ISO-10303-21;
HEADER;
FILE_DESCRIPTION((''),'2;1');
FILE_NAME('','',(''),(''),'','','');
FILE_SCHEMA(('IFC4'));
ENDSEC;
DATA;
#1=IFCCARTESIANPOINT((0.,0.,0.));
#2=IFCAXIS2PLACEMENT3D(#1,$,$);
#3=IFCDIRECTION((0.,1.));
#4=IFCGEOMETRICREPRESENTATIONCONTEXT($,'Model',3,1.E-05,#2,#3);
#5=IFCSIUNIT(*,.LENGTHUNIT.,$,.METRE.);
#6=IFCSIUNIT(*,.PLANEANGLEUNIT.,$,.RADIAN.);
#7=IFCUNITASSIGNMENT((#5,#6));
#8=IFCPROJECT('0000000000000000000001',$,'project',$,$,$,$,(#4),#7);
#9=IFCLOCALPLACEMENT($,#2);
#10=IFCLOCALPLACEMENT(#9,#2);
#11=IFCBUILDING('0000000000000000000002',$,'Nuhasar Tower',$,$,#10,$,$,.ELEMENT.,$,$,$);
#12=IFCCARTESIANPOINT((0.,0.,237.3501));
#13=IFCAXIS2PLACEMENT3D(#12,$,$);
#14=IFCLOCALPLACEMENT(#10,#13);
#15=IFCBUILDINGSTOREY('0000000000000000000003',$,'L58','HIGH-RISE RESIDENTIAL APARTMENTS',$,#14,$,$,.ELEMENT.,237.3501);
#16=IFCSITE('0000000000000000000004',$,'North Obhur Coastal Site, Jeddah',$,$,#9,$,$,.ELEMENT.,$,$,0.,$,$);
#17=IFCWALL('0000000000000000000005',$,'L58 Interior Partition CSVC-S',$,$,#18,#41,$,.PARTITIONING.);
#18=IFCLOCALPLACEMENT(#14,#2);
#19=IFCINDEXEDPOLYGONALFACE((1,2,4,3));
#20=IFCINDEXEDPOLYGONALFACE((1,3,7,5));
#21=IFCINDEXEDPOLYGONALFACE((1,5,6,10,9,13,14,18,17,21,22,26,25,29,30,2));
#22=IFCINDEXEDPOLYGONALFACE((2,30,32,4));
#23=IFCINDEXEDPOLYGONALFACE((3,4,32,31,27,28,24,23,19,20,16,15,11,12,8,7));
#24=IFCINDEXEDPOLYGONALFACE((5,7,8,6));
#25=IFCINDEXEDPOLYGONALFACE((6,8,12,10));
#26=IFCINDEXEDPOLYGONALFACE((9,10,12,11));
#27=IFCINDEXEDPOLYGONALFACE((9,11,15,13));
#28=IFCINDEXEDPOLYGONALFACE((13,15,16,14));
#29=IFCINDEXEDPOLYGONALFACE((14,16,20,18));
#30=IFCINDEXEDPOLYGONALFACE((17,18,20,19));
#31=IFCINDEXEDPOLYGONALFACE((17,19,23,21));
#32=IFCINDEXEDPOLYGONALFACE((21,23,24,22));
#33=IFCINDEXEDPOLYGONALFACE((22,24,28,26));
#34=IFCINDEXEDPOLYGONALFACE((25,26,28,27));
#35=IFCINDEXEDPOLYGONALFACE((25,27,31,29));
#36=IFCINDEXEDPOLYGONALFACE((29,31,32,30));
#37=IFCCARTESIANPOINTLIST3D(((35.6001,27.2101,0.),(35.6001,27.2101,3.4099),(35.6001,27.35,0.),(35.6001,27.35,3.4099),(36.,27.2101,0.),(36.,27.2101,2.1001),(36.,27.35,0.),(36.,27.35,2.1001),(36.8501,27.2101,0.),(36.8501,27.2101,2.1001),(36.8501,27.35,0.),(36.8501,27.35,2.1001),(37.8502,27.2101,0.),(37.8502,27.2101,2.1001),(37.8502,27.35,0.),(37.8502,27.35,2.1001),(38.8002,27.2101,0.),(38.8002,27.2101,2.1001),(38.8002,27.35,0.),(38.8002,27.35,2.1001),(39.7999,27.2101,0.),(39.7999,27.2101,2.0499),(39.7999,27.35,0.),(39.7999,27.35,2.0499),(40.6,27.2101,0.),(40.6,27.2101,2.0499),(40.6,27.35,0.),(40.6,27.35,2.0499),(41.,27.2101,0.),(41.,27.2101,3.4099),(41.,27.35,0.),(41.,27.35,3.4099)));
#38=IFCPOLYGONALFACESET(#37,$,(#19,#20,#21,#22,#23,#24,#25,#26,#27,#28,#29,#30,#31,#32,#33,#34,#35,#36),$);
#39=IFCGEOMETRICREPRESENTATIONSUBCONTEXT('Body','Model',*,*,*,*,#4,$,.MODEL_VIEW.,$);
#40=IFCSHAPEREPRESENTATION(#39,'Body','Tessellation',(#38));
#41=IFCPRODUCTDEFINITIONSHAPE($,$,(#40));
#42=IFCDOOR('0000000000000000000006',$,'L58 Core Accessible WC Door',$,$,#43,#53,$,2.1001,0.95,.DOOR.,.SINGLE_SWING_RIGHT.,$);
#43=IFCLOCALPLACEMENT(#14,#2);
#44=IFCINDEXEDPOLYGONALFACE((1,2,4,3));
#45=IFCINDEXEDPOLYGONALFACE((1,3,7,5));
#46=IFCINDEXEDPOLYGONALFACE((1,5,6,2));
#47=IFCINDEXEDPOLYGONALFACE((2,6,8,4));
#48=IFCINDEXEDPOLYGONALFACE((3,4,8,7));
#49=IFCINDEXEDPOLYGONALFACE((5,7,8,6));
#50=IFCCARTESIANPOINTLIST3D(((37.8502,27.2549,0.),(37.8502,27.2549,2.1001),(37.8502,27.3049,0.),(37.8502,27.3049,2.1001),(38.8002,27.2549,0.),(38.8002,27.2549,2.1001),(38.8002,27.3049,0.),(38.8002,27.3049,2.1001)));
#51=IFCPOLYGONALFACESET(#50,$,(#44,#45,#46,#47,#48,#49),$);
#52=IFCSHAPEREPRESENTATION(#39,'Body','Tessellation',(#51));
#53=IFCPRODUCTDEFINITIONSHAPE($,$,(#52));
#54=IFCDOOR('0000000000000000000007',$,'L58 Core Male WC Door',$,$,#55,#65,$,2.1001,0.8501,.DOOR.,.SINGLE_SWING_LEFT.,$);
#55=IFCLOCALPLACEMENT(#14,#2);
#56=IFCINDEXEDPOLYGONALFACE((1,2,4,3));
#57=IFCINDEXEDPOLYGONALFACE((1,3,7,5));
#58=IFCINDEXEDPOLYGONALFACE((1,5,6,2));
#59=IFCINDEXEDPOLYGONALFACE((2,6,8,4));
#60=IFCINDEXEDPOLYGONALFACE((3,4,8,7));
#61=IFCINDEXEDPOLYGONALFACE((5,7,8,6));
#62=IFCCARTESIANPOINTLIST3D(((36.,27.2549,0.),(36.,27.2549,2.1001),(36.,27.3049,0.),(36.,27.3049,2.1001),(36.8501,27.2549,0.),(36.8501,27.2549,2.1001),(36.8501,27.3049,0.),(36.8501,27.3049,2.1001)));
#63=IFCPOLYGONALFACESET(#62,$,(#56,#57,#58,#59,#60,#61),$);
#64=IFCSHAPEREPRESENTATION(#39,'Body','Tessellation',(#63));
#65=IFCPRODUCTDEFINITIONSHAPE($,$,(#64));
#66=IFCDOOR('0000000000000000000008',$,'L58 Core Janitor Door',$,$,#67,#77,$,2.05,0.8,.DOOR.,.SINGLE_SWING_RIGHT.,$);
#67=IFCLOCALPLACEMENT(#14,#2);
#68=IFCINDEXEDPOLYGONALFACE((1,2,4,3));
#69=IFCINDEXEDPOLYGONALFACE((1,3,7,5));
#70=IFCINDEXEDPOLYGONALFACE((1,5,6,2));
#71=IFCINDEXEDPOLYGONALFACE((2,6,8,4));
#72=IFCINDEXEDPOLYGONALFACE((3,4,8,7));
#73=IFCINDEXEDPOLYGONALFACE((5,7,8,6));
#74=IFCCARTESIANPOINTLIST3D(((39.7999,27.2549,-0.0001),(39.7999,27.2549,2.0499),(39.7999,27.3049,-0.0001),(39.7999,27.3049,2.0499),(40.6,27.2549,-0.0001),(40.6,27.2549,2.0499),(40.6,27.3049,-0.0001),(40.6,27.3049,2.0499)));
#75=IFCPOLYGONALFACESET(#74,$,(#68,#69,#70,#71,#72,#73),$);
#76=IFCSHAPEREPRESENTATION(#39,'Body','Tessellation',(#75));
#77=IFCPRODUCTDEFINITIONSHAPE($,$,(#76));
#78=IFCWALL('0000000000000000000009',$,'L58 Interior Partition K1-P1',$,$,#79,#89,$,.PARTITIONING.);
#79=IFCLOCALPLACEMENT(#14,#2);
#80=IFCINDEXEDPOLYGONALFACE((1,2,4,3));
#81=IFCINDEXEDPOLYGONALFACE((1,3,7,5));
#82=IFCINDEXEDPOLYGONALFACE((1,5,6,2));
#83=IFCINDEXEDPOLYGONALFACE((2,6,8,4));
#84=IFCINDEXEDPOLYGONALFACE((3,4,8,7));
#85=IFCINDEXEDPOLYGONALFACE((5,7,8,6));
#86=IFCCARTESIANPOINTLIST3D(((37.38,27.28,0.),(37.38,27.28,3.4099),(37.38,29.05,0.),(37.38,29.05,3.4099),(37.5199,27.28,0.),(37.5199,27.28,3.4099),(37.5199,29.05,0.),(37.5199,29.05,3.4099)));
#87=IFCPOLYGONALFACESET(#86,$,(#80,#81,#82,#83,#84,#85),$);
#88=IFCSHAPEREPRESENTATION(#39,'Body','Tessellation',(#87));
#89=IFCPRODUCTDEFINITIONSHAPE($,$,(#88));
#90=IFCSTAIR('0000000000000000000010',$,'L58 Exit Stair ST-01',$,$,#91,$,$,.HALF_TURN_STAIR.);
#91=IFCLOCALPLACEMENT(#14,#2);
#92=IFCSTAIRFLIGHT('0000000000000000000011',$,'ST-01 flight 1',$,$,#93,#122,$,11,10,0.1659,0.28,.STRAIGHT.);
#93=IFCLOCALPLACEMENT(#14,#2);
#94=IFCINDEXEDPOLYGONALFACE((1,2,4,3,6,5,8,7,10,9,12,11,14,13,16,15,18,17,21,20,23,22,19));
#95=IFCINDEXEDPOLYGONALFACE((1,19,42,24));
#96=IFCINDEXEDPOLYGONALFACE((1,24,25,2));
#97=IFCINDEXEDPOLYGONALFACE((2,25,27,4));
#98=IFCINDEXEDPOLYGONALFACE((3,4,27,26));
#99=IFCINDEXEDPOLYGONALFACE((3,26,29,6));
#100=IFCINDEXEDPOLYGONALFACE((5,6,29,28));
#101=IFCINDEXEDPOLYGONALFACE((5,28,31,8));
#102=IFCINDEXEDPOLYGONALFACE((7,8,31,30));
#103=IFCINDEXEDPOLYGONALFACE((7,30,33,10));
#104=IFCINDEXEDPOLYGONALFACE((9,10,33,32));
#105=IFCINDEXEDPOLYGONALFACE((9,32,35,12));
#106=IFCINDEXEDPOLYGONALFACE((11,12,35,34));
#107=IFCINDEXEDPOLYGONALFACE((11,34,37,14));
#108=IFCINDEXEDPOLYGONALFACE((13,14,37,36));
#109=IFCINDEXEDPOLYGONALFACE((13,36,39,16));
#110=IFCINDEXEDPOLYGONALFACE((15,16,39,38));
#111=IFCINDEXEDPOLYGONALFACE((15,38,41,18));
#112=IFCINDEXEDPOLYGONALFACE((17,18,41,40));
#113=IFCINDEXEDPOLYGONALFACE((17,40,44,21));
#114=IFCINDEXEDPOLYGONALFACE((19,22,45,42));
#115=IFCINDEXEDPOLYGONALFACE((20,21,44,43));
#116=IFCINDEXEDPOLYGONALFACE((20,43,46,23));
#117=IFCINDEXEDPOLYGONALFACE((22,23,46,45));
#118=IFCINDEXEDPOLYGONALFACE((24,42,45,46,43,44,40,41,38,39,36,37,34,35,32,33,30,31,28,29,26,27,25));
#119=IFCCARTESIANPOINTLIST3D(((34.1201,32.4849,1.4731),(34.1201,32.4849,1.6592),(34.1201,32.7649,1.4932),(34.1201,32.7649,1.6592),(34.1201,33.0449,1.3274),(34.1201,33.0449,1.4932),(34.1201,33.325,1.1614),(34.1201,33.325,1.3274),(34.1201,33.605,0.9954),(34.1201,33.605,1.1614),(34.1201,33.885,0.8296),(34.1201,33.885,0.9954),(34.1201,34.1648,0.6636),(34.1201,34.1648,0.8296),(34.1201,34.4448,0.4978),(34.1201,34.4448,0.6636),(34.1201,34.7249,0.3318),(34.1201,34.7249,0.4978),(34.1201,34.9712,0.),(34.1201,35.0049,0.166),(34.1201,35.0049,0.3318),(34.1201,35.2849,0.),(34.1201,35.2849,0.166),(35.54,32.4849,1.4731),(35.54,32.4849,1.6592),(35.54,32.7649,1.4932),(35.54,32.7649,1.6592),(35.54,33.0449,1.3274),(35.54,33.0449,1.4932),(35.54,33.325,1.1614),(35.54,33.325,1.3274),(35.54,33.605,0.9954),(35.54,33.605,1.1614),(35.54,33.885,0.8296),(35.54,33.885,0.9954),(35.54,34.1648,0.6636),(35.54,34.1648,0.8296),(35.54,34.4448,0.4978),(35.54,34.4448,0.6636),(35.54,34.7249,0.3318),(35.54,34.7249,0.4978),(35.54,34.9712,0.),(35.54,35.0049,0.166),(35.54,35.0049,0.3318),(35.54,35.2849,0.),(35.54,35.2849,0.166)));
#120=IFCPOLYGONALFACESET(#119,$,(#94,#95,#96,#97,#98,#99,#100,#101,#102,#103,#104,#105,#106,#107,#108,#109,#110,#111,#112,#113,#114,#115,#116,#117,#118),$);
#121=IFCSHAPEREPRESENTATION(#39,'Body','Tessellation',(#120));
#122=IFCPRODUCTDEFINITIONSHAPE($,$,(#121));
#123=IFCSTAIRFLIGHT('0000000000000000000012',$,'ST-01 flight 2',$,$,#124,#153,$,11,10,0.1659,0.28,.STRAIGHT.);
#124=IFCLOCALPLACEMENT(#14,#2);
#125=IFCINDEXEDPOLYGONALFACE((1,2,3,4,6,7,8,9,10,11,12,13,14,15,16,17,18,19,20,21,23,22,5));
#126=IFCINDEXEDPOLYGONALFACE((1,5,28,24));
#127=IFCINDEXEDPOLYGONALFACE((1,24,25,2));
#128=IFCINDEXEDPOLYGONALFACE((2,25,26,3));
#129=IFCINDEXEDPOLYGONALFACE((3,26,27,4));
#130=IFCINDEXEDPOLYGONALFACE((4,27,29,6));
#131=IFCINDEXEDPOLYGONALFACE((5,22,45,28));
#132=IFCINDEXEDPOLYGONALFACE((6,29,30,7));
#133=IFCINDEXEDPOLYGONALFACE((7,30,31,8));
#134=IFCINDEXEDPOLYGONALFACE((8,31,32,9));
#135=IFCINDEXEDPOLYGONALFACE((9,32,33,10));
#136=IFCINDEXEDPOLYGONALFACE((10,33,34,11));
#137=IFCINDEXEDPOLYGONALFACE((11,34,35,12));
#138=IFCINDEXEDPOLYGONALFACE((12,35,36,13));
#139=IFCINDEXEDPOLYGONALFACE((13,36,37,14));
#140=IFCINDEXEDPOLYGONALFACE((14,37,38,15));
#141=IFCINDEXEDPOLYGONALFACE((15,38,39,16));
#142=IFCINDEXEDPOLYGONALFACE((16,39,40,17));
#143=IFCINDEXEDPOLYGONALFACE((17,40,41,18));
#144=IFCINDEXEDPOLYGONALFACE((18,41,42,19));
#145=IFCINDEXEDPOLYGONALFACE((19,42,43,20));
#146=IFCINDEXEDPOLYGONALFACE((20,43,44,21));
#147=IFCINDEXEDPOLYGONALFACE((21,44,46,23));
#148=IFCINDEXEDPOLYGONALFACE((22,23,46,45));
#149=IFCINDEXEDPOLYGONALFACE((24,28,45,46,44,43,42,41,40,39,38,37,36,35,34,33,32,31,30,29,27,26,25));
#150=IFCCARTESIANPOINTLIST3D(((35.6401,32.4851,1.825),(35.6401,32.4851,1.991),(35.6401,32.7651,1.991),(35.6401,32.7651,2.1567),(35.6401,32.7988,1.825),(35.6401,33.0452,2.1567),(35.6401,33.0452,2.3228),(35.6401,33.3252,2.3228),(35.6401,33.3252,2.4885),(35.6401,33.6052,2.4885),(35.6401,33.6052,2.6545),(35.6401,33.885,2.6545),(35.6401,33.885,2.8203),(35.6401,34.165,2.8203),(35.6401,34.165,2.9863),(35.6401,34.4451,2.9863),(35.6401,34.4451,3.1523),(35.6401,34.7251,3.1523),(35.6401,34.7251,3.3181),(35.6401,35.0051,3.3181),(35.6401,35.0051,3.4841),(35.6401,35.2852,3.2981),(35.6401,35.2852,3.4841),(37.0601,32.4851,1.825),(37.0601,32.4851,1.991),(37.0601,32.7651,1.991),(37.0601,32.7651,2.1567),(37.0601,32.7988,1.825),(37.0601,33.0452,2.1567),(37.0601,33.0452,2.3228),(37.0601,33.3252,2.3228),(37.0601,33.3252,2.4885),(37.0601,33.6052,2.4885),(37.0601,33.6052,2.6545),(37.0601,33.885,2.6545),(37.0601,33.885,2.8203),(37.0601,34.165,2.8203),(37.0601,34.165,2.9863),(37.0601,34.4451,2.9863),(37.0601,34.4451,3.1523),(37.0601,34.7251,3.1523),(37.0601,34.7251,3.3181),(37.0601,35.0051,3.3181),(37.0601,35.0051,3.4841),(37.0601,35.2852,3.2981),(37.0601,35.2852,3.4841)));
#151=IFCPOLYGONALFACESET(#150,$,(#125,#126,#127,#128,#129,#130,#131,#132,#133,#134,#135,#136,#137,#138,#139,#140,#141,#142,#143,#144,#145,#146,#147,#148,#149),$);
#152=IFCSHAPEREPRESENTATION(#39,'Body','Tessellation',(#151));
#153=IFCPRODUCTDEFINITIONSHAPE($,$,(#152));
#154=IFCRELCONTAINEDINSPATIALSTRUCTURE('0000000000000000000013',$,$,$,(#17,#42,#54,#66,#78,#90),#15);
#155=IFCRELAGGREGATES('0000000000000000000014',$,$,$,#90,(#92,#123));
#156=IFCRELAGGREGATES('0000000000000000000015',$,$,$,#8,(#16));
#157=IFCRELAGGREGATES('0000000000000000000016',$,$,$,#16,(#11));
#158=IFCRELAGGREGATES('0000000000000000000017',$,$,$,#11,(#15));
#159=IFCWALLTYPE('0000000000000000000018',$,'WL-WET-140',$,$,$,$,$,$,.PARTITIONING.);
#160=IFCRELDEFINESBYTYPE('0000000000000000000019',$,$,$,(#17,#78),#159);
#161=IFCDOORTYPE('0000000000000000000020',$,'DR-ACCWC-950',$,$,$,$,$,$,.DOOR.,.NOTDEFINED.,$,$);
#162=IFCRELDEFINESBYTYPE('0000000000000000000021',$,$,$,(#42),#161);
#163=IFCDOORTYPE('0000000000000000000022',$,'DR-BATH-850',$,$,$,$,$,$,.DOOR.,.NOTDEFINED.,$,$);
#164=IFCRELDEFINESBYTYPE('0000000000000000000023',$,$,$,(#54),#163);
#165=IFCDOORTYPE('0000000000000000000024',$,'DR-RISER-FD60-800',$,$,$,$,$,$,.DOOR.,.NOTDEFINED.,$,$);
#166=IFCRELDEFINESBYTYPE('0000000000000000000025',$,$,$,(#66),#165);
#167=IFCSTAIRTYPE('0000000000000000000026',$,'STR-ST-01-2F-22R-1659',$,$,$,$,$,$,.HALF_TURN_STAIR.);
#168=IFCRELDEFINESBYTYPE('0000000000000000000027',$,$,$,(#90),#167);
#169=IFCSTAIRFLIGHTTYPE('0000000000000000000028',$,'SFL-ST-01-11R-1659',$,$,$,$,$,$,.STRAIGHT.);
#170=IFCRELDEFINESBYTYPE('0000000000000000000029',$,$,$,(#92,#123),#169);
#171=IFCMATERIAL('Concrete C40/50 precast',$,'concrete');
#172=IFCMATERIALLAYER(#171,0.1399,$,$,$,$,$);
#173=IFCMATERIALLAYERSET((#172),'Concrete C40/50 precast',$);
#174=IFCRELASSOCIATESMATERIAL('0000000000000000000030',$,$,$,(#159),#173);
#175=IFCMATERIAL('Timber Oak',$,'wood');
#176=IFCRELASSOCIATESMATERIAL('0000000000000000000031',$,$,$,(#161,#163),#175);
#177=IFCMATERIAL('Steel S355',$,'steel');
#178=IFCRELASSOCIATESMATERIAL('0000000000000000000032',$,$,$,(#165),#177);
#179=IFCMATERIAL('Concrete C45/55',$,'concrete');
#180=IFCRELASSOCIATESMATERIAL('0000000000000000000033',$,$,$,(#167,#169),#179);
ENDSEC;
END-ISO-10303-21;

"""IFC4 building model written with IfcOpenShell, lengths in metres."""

from ifc_helpers import new_model, si_unit, direction, frame, frame_2d, origin, place, context, subcontext, project, spatial, polyline, rectangle, outline, extrude, material, layer, layer_set, type_object, element, fill, aggregate, save


model = new_model("IFC4")

# Units and contexts
model_context = context("Model", 3, precision=1e-05, world=origin(), true_north=direction((0.0, 1.0)))
body_context = subcontext(model_context, "Body", "Model", "MODEL_VIEW")
ifc_project = project(units=[si_unit("LENGTHUNIT", "METRE"), si_unit("PLANEANGLEUNIT", "RADIAN")], contexts=[model_context])

# Site, building, storey
site_placement = place(None, origin())
site = spatial("IfcSite", under=ifc_project, at=site_placement, Name="North Obhur Coastal Site, Jeddah", CompositionType="ELEMENT", RefElevation=0.0)
building_placement = place(site_placement, origin())
building = spatial("IfcBuilding", under=site, at=building_placement, Name="Nuhasar Tower", CompositionType="ELEMENT")
storey_placement = place(building_placement, frame((0.0, 0.0, 237.3501)))
storey = spatial("IfcBuildingStorey", under=building, at=storey_placement, Name="L58", Description="HIGH-RISE RESIDENTIAL APARTMENTS", CompositionType="ELEMENT", Elevation=237.3501)

# Shared definitions
ifc_material_1 = material(Name="Steel S355", Category="steel")

# Shared definitions
ifc_material_2 = material(Name="Concrete C40/50 precast", Category="concrete")
ifc_layer_1 = layer(ifc_material_2, 0.1399)
ifc_layer_set_1 = layer_set([ifc_layer_1], Name="Concrete C40/50 precast")
wall_type_1 = type_object("IfcWallType", Name="WL-WET-140", PredefinedType="PARTITIONING", material=ifc_layer_set_1)

# Wall, openings, doors
wall_1_placement = place(storey_placement, frame((35.6001, 27.28, 0.0), z_axis=(0.0, 0.0, 1.0), x_axis=(1.0, 0.0, 0.0)))
wall_1 = element("IfcWall", 1, at=wall_1_placement, inside=storey, type_object=wall_type_1, Name="L58 Interior Partition CSVC-S", PredefinedType="PARTITIONING", context=body_context, shape_type="SweptSolid", body=[
    extrude(rectangle(XDim=5.3999, YDim=0.1399, at=frame_2d((2.7, 0.0))), origin(), (0.0, 0.0, 1.0), 3.4099),
])
opening_1_placement = place(wall_1_placement, frame((0.3999, 0.0, 0.0)))
opening_1 = element("IfcOpeningElement", 2, at=opening_1_placement, cuts=wall_1, PredefinedType="OPENING", context=body_context, shape_type="SweptSolid", body=[
    extrude(rectangle(XDim=0.8501, YDim=2.1001, at=frame_2d((0.425, 1.05))), frame((0.0, 0.0801, 0.0), z_axis=(0.0, -1.0, 0.0), x_axis=(1.0, 0.0, 0.0)), (0.0, 0.0, 1.0), 0.1599),
])
opening_2_placement = place(wall_1_placement, frame((2.25, 0.0, 0.0)))
opening_2 = element("IfcOpeningElement", 3, at=opening_2_placement, cuts=wall_1, PredefinedType="OPENING", context=body_context, shape_type="SweptSolid", body=[
    extrude(rectangle(XDim=0.95, YDim=2.1001, at=frame_2d((0.4751, 1.05))), frame((0.0, 0.0801, 0.0), z_axis=(0.0, -1.0, 0.0), x_axis=(1.0, 0.0, 0.0)), (0.0, 0.0, 1.0), 0.1599),
])
opening_3_placement = place(wall_1_placement, frame((4.2, 0.0, 0.0)))
opening_3 = element("IfcOpeningElement", 4, at=opening_3_placement, cuts=wall_1, PredefinedType="OPENING", context=body_context, shape_type="SweptSolid", body=[
    extrude(rectangle(XDim=0.8, YDim=2.05, at=frame_2d((0.3999, 1.0249))), frame((0.0, 0.0801, 0.0), z_axis=(0.0, -1.0, 0.0), x_axis=(1.0, 0.0, 0.0)), (0.0, 0.0, 1.0), 0.1599),
])
ifc_material_3 = material(Name="Timber Oak", Category="wood")
door_type_1 = type_object("IfcDoorType", Name="DR-ACCWC-950", OperationType="NOTDEFINED", PredefinedType="DOOR", material=ifc_material_3)
door_1_placement = place(opening_2_placement, origin())
door_1 = element("IfcDoor", 5, at=door_1_placement, inside=storey, type_object=door_type_1, Name="L58 Core Accessible WC Door", OperationType="SINGLE_SWING_RIGHT", OverallHeight=2.1001, OverallWidth=0.95, PredefinedType="DOOR", context=body_context, shape_type="SweptSolid", body=[
    extrude(rectangle(XDim=0.95, YDim=2.1001, at=frame_2d((0.4751, 1.05))), frame((0.0, 0.0249, 0.0), z_axis=(0.0, -1.0, 0.0), x_axis=(1.0, 0.0, 0.0)), (0.0, 0.0, 1.0), 0.05),
])
fill(opening_2, door_1)
door_type_2 = type_object("IfcDoorType", Name="DR-BATH-850", OperationType="NOTDEFINED", PredefinedType="DOOR", material=ifc_material_3)
door_2_placement = place(opening_1_placement, origin())
door_2 = element("IfcDoor", 6, at=door_2_placement, inside=storey, type_object=door_type_2, Name="L58 Core Male WC Door", OperationType="SINGLE_SWING_LEFT", OverallHeight=2.1001, OverallWidth=0.8501, PredefinedType="DOOR", context=body_context, shape_type="SweptSolid", body=[
    extrude(rectangle(XDim=0.8501, YDim=2.1001, at=frame_2d((0.425, 1.05))), frame((0.0, 0.0249, 0.0), z_axis=(0.0, -1.0, 0.0), x_axis=(1.0, 0.0, 0.0)), (0.0, 0.0, 1.0), 0.05),
])
fill(opening_1, door_2)
door_type_3 = type_object("IfcDoorType", Name="DR-RISER-FD60-800", OperationType="NOTDEFINED", PredefinedType="DOOR", material=ifc_material_1)
door_3_placement = place(opening_3_placement, origin())
door_3 = element("IfcDoor", 7, at=door_3_placement, inside=storey, type_object=door_type_3, Name="L58 Core Janitor Door", OperationType="SINGLE_SWING_RIGHT", OverallHeight=2.05, OverallWidth=0.8, PredefinedType="DOOR", context=body_context, shape_type="SweptSolid", body=[
    extrude(rectangle(XDim=0.8, YDim=2.05, at=frame_2d((0.3999, 1.0249))), frame((0.0, 0.0249, 0.0), z_axis=(0.0, -1.0, 0.0), x_axis=(1.0, 0.0, 0.0)), (0.0, 0.0, 1.0), 0.05),
])
fill(opening_3, door_3)

# Wall
wall_2_placement = place(storey_placement, frame((37.45, 27.28, 0.0), z_axis=(0.0, 0.0, 1.0), x_axis=(0.0, 1.0, 0.0)))
element("IfcWall", 8, at=wall_2_placement, inside=storey, type_object=wall_type_1, Name="L58 Interior Partition K1-P1", PredefinedType="PARTITIONING", context=body_context, shape_type="SweptSolid", body=[
    extrude(rectangle(XDim=1.77, YDim=0.1399, at=frame_2d((0.885, 0.0))), origin(), (0.0, 0.0, 1.0), 3.4099),
])

# Stair, stair flights
ifc_material_4 = material(Name="Concrete C45/55", Category="concrete")
stair_type_1 = type_object("IfcStairType", Name="STR-ST-01-2F-22R-1659", PredefinedType="HALF_TURN_STAIR", material=ifc_material_4)
stair_1_placement = place(storey_placement, origin())
stair_1 = element("IfcStair", 9, at=stair_1_placement, inside=storey, type_object=stair_type_1, Name="L58 Exit Stair ST-01", PredefinedType="HALF_TURN_STAIR")
stair_flight_type_1 = type_object("IfcStairFlightType", Name="SFL-ST-01-11R-1659", PredefinedType="STRAIGHT", material=ifc_material_4)
stair_flight_1_placement = place(storey_placement, frame((34.8301, 35.2849, 0.0), z_axis=(0.0, 0.0, 1.0), x_axis=(0.0, -1.0, 0.0)))
stair_flight_1 = element("IfcStairFlight", 10, at=stair_flight_1_placement, type_object=stair_flight_type_1, Name="ST-01 flight 1", NumberOfRisers=11, NumberOfTreads=10, PredefinedType="STRAIGHT", RiserHeight=0.1659, TreadLength=0.28, context=body_context, shape_type="SweptSolid", body=[
    extrude(outline(polyline([(0.0, 0.0), (0.0, 0.166), (0.28, 0.166), (0.28, 0.3318), (0.5601, 0.3318), (0.5601, 0.4978), (0.8401, 0.4978), (0.8401, 0.6636), (1.1201, 0.6636), (1.1201, 0.8296), (1.3999, 0.8296), (1.3999, 0.9954), (1.6799, 0.9954), (1.6799, 1.1614), (1.96, 1.1614), (1.96, 1.3274), (2.24, 1.3274), (2.24, 1.4932), (2.52, 1.4932), (2.52, 1.6592), (2.8, 1.6592), (2.8, 1.825), (2.8, 1.4731), (0.3137, 0.0), (0.0, 0.0)])), frame((0.0, 0.71, 0.0), z_axis=(0.0, -1.0, 0.0), x_axis=(1.0, 0.0, 0.0)), (0.0, 0.0, 1.0), 1.4199),
])
stair_flight_2_placement = place(storey_placement, frame((36.3501, 32.4851, 1.825), z_axis=(0.0, 0.0, 1.0), x_axis=(0.0, 1.0, 0.0)))
stair_flight_2 = element("IfcStairFlight", 11, at=stair_flight_2_placement, type_object=stair_flight_type_1, Name="ST-01 flight 2", NumberOfRisers=11, NumberOfTreads=10, PredefinedType="STRAIGHT", RiserHeight=0.1659, TreadLength=0.28, context=body_context, shape_type="SweptSolid", body=[
    extrude(outline(polyline([(0.0, 0.0), (0.0, 0.166), (0.28, 0.166), (0.28, 0.3318), (0.5601, 0.3318), (0.5601, 0.4978), (0.8401, 0.4978), (0.8401, 0.6636), (1.1201, 0.6636), (1.1201, 0.8296), (1.3999, 0.8296), (1.3999, 0.9954), (1.6799, 0.9954), (1.6799, 1.1614), (1.96, 1.1614), (1.96, 1.3274), (2.24, 1.3274), (2.24, 1.4932), (2.52, 1.4932), (2.52, 1.6592), (2.8, 1.6592), (2.8, 1.825), (2.8, 1.4731), (0.3137, 0.0), (0.0, 0.0)])), frame((0.0, 0.71, 0.0), z_axis=(0.0, -1.0, 0.0), x_axis=(1.0, 0.0, 0.0)), (0.0, 0.0, 1.0), 1.4199),
])
aggregate(stair_1, [stair_flight_1, stair_flight_2])

save(model, "model.ifc")
